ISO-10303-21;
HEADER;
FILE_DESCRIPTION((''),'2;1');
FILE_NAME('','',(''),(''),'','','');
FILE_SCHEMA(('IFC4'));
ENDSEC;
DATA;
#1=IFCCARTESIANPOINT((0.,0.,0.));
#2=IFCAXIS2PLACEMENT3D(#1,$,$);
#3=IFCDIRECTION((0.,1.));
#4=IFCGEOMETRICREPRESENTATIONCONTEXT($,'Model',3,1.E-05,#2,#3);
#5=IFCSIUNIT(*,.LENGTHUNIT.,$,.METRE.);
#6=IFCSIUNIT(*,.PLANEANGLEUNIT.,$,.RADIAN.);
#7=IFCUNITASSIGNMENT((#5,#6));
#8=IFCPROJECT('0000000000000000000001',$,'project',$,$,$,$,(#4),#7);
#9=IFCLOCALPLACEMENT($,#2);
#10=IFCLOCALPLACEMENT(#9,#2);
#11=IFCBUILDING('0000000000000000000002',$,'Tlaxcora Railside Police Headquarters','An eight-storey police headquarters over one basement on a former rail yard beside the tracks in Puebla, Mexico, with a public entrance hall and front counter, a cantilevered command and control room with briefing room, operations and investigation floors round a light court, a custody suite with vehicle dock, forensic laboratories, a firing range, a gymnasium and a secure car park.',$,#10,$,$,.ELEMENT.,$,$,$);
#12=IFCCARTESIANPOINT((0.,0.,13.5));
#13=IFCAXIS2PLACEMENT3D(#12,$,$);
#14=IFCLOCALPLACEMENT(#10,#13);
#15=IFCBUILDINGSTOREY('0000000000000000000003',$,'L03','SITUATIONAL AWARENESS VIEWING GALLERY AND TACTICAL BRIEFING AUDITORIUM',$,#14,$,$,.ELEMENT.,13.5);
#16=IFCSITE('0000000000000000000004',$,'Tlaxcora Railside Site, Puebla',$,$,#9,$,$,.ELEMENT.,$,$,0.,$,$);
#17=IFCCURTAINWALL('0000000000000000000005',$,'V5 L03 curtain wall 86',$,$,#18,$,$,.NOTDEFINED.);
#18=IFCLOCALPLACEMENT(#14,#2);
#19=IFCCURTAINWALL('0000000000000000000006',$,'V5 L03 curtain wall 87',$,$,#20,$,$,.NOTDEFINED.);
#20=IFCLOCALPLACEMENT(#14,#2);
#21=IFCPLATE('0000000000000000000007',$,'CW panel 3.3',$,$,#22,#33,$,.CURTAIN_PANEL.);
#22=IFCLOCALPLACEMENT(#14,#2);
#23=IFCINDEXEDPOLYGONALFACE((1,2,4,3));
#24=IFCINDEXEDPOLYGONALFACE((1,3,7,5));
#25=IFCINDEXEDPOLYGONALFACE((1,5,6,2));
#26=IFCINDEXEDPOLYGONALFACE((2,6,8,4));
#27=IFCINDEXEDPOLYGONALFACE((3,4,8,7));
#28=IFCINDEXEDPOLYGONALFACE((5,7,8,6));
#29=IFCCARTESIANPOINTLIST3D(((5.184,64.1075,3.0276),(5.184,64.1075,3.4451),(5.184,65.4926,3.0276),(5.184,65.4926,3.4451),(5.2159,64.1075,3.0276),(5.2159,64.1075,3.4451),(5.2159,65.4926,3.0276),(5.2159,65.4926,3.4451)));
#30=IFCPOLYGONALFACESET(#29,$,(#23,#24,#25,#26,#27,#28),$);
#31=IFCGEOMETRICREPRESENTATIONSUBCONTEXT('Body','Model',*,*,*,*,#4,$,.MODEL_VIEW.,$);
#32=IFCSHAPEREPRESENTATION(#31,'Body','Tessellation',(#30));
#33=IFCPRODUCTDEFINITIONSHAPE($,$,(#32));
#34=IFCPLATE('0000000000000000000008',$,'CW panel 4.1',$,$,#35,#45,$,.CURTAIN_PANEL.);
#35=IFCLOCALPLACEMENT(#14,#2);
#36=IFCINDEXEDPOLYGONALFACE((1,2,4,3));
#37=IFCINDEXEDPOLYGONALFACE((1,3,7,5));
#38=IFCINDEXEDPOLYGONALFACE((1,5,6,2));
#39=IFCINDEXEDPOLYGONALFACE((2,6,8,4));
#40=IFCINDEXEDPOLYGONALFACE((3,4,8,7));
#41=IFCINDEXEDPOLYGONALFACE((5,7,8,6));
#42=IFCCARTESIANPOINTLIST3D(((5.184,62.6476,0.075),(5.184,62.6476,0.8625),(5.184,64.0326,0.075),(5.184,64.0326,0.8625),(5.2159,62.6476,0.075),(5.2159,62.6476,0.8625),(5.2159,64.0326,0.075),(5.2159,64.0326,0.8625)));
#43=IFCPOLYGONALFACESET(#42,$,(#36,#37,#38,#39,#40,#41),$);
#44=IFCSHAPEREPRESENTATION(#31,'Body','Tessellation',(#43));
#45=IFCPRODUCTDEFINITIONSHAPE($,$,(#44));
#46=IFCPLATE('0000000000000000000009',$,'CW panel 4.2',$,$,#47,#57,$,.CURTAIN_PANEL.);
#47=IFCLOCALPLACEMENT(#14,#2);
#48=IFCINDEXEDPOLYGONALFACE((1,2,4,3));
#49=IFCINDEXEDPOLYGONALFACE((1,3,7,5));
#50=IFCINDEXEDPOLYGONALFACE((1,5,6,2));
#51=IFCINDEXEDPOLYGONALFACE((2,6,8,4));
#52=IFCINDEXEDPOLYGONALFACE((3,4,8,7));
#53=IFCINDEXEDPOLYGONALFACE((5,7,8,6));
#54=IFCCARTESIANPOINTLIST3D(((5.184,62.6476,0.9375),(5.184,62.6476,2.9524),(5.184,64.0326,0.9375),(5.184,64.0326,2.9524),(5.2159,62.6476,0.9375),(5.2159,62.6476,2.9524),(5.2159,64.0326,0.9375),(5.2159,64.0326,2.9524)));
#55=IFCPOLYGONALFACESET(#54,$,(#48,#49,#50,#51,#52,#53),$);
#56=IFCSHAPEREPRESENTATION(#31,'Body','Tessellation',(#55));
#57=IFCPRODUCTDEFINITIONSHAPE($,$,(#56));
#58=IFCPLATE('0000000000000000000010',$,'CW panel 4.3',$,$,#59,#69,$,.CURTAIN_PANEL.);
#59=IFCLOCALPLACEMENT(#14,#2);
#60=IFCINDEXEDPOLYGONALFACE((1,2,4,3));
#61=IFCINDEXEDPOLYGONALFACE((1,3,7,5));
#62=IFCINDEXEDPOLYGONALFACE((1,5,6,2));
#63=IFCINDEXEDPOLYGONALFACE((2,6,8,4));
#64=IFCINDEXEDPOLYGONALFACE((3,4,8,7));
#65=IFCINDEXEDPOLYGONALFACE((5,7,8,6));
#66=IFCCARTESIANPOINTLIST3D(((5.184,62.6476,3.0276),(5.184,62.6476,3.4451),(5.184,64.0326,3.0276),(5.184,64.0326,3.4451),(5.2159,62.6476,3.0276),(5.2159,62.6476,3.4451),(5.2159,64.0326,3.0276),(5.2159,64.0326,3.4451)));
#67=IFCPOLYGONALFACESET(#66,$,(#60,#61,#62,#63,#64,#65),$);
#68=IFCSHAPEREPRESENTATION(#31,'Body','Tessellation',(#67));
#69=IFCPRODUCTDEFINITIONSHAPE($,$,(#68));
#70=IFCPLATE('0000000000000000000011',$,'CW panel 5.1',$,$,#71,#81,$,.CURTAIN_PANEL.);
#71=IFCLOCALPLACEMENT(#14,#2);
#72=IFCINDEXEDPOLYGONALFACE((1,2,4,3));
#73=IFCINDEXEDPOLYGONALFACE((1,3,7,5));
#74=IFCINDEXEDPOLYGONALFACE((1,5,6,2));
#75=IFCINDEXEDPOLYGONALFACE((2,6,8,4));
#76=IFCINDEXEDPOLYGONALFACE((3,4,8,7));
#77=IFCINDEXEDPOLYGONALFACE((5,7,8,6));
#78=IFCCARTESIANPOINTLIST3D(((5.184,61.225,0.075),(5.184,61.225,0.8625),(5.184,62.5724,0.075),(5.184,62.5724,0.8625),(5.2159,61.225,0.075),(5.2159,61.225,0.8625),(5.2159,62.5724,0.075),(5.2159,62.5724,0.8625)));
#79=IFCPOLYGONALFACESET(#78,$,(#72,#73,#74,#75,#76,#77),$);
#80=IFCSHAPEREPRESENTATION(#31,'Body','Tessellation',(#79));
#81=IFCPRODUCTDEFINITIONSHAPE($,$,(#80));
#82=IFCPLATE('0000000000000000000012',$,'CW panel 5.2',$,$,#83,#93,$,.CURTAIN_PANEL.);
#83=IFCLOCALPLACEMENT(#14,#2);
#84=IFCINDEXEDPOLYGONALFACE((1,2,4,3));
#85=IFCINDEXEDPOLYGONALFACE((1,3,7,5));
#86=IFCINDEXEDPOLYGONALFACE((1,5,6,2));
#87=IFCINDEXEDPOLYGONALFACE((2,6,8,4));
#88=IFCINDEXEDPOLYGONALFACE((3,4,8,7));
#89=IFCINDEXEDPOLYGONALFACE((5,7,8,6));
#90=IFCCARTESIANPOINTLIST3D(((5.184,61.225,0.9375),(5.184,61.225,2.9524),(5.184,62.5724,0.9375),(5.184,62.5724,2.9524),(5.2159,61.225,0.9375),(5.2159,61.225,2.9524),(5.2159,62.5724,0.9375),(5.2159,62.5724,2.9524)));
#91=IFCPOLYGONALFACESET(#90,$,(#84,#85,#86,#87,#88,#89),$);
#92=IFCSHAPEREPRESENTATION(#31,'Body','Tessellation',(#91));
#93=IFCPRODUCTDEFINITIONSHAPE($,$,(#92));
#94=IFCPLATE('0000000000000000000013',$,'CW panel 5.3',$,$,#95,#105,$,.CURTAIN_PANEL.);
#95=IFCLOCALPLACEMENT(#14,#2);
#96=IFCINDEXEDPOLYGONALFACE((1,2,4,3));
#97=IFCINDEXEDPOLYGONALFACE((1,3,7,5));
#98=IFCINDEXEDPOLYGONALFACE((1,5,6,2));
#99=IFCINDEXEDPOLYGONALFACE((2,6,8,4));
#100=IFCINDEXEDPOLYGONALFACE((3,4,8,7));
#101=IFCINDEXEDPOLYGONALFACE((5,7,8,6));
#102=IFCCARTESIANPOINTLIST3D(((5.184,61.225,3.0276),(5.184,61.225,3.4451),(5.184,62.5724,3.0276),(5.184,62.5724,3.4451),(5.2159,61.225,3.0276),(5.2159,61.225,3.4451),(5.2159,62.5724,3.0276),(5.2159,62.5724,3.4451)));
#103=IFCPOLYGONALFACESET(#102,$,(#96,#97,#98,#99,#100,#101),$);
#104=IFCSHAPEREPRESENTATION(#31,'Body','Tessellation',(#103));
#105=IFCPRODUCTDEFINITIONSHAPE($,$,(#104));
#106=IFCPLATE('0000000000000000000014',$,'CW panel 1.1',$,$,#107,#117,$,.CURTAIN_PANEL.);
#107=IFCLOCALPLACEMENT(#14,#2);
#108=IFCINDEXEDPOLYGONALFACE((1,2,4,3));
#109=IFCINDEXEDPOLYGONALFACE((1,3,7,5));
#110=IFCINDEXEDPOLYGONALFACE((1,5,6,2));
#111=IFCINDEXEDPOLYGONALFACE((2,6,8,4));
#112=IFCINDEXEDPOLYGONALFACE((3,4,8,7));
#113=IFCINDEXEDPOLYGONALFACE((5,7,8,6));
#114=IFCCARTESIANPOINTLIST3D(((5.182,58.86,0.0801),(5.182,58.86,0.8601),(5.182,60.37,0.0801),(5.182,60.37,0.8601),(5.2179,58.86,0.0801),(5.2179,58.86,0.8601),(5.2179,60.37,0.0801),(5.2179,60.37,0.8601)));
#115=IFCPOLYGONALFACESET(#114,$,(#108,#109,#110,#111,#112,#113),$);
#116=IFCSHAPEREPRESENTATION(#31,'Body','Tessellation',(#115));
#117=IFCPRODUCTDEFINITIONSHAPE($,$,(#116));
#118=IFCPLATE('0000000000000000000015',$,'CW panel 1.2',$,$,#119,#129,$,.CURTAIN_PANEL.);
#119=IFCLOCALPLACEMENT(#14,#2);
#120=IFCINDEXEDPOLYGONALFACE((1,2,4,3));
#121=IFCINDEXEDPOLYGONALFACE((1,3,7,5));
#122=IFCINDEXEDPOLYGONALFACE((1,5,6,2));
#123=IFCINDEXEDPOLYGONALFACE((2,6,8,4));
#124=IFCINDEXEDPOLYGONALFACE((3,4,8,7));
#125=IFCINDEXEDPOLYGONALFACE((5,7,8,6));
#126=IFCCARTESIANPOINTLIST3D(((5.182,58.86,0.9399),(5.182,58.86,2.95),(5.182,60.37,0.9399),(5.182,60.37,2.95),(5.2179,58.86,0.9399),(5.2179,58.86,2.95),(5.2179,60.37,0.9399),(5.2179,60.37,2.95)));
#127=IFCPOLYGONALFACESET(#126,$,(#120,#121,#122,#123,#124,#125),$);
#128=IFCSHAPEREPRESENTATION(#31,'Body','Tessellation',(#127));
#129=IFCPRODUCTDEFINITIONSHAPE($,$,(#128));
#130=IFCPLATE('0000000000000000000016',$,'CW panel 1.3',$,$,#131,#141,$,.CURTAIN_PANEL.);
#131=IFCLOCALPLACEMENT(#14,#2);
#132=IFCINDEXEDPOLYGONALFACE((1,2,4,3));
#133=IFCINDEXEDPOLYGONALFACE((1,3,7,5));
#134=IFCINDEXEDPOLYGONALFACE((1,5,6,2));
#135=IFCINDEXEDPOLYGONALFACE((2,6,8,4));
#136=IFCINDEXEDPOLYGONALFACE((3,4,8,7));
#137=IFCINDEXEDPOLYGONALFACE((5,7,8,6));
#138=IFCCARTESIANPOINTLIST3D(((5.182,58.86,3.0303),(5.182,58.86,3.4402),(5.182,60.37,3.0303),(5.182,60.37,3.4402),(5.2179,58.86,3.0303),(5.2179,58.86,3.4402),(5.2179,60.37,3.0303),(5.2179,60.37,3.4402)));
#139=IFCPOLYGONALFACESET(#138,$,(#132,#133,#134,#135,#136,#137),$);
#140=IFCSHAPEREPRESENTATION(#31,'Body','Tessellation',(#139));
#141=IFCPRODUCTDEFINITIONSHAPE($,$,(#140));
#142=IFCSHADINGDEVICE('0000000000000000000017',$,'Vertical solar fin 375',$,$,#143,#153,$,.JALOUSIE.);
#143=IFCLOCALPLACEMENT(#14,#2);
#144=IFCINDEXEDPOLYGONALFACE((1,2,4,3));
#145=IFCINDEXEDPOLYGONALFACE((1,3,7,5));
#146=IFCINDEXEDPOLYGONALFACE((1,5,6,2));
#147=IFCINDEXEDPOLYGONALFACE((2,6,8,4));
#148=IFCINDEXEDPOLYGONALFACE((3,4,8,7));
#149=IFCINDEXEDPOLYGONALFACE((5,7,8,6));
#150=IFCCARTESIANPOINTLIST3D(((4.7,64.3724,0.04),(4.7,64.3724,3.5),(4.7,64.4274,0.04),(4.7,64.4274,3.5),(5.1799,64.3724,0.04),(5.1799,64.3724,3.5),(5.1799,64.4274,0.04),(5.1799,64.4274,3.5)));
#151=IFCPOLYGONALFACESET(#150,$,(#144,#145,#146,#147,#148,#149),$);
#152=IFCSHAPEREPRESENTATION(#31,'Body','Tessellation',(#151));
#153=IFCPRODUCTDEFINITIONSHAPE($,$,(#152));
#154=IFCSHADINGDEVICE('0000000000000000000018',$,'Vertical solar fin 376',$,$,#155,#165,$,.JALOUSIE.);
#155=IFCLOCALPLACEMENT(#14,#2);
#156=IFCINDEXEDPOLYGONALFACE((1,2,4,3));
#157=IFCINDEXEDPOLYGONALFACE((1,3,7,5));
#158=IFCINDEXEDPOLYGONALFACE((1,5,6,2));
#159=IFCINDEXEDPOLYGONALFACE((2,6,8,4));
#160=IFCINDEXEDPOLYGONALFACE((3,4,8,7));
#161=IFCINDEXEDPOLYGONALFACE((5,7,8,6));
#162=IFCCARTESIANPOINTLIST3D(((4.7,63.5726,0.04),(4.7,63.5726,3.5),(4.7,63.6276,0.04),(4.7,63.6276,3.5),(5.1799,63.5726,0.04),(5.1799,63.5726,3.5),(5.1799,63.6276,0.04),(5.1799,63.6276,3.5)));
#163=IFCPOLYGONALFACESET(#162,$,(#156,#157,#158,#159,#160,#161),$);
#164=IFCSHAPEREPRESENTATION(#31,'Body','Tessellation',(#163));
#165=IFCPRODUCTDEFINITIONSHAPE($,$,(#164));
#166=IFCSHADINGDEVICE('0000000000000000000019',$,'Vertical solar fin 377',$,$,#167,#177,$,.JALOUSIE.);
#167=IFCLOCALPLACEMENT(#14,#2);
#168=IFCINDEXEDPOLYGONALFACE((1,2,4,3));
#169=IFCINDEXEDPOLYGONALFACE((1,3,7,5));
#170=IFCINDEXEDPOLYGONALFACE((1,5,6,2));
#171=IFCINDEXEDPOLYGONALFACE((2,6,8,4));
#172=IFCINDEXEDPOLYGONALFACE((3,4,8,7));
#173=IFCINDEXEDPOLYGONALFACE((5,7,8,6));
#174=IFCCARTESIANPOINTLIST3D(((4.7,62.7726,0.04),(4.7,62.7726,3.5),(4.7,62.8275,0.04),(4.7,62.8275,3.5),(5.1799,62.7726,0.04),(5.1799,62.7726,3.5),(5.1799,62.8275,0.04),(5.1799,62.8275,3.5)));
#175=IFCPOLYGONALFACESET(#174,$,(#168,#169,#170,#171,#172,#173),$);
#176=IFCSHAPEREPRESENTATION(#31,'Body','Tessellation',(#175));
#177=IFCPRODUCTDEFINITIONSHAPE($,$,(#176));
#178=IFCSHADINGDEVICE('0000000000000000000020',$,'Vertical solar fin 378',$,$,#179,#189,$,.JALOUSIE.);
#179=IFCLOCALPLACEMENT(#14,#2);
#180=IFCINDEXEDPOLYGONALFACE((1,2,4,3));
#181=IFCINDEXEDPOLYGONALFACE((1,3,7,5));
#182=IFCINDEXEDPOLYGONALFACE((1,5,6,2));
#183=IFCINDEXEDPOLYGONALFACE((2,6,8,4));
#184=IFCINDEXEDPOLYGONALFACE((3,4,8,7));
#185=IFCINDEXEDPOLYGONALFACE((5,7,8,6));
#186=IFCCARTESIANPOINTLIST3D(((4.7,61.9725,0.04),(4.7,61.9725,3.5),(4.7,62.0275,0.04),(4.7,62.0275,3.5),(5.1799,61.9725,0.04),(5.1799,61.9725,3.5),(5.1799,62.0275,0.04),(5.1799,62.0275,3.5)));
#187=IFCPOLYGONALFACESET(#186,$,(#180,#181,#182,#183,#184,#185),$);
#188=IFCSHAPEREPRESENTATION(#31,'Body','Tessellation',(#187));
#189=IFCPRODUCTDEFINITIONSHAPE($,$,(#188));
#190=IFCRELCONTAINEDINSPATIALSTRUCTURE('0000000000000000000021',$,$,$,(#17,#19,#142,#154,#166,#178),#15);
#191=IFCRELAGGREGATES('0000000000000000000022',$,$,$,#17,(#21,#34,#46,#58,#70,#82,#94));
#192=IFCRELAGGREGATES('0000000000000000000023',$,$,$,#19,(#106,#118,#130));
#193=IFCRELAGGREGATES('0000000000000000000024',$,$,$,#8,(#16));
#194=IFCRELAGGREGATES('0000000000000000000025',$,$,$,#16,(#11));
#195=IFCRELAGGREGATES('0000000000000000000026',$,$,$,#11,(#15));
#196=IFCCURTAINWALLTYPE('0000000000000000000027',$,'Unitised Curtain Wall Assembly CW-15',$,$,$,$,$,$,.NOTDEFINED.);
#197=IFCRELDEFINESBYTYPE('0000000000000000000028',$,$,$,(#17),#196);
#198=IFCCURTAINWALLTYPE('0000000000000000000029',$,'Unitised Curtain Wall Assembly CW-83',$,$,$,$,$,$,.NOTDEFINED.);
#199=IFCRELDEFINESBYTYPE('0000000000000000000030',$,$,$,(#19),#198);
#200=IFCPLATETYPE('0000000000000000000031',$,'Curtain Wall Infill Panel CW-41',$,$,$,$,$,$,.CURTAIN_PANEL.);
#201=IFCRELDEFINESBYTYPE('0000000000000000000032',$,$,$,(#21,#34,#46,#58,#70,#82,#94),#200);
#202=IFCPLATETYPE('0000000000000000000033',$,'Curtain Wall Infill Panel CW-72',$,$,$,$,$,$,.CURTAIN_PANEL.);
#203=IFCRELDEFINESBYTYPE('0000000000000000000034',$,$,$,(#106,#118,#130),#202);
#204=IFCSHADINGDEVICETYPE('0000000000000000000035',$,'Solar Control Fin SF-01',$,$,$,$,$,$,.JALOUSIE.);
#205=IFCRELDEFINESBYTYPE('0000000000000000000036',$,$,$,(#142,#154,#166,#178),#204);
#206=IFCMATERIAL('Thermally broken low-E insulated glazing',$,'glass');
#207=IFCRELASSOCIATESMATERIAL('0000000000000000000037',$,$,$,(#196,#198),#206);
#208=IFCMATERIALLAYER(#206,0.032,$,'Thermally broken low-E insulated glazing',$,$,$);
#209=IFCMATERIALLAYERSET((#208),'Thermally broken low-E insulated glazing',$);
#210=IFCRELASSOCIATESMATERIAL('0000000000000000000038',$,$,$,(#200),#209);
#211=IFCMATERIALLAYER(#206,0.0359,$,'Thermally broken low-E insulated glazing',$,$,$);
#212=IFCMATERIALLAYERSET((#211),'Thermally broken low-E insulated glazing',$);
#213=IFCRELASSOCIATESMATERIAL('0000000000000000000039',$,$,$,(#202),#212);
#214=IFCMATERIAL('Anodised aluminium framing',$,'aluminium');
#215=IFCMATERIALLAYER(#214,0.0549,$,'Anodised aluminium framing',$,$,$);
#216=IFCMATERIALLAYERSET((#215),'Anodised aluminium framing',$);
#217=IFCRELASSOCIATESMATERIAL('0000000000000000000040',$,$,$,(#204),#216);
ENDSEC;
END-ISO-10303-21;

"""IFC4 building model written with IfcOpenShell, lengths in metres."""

from ifc_helpers import new_model, si_unit, direction, frame, origin, origin_2d, place, context, subcontext, project, spatial, rectangle, extrude, material, layer, layer_set, type_object, element, aggregate, save


model = new_model("IFC4")

# Units and contexts
model_context = context("Model", 3, precision=1e-05, world=origin(), true_north=direction((0.0, 1.0)))
body_context = subcontext(model_context, "Body", "Model", "MODEL_VIEW")
ifc_project = project(units=[si_unit("LENGTHUNIT", "METRE"), si_unit("PLANEANGLEUNIT", "RADIAN")], contexts=[model_context])

# Site, building, storey
site_placement = place(None, origin())
site = spatial("IfcSite", under=ifc_project, at=site_placement, Name="Tlaxcora Railside Site, Puebla", CompositionType="ELEMENT", RefElevation=0.0)
building_placement = place(site_placement, origin())
building = spatial("IfcBuilding", under=site, at=building_placement, Name="Tlaxcora Railside Police Headquarters", Description="An eight-storey police headquarters over one basement on a former rail yard beside the tracks in Puebla, Mexico, with a public entrance hall and front counter, a cantilevered command and control room with briefing room, operations and investigation floors round a light court, a custody suite with vehicle dock, forensic laboratories, a firing range, a gymnasium and a secure car park.", CompositionType="ELEMENT")
storey_placement = place(building_placement, frame((0.0, 0.0, 13.5)))
storey = spatial("IfcBuildingStorey", under=building, at=storey_placement, Name="L03", Description="SITUATIONAL AWARENESS VIEWING GALLERY AND TACTICAL BRIEFING AUDITORIUM", CompositionType="ELEMENT", Elevation=13.5)

# Curtain wall
ifc_material_1 = material(Name="Thermally broken low-E insulated glazing", Category="glass")
curtain_wall_type_1 = type_object("IfcCurtainWallType", Name="Unitised Curtain Wall Assembly CW-15", PredefinedType="NOTDEFINED", material=ifc_material_1)
curtain_wall_1_placement = place(storey_placement, origin())
curtain_wall_1 = element("IfcCurtainWall", 1, at=curtain_wall_1_placement, inside=storey, type_object=curtain_wall_type_1, Name="V5 L03 curtain wall 86", PredefinedType="NOTDEFINED")
ifc_material_2 = material(Name="Anodised aluminium framing", Category="aluminium")

# Curtain wall
curtain_wall_type_2 = type_object("IfcCurtainWallType", Name="Unitised Curtain Wall Assembly CW-83", PredefinedType="NOTDEFINED", material=ifc_material_1)
curtain_wall_2_placement = place(storey_placement, origin())
curtain_wall_2 = element("IfcCurtainWall", 2, at=curtain_wall_2_placement, inside=storey, type_object=curtain_wall_type_2, Name="V5 L03 curtain wall 87", PredefinedType="NOTDEFINED")

# Plates
ifc_layer_1 = layer(ifc_material_1, 0.032, Name="Thermally broken low-E insulated glazing")
ifc_layer_set_1 = layer_set([ifc_layer_1], Name="Thermally broken low-E insulated glazing")
plate_type_1 = type_object("IfcPlateType", Name="Curtain Wall Infill Panel CW-41", PredefinedType="CURTAIN_PANEL", material=ifc_layer_set_1)
plate_1_placement = place(storey_placement, frame((5.2, 64.8, 3.0276), z_axis=(0.0, 0.0, 1.0), x_axis=(0.0, -1.0, 0.0)))
plate_1 = element("IfcPlate", 3, at=plate_1_placement, type_object=plate_type_1, Name="CW panel 3.3", PredefinedType="CURTAIN_PANEL", context=body_context, shape_type="SweptSolid", body=[
    extrude(rectangle(XDim=1.385, YDim=0.032, at=origin_2d()), origin(), (0.0, 0.0, 1.0), 0.4175),
])
plate_2_placement = place(storey_placement, frame((5.2, 63.3401, 0.075), z_axis=(0.0, 0.0, 1.0), x_axis=(0.0, -1.0, 0.0)))
plate_2 = element("IfcPlate", 4, at=plate_2_placement, type_object=plate_type_1, Name="CW panel 4.1", PredefinedType="CURTAIN_PANEL", context=body_context, shape_type="SweptSolid", body=[
    extrude(rectangle(XDim=1.385, YDim=0.032, at=origin_2d()), origin(), (0.0, 0.0, 1.0), 0.7876),
])
plate_3_placement = place(storey_placement, frame((5.2, 63.3401, 0.9375), z_axis=(0.0, 0.0, 1.0), x_axis=(0.0, -1.0, 0.0)))
plate_3 = element("IfcPlate", 5, at=plate_3_placement, type_object=plate_type_1, Name="CW panel 4.2", PredefinedType="CURTAIN_PANEL", context=body_context, shape_type="SweptSolid", body=[
    extrude(rectangle(XDim=1.385, YDim=0.032, at=origin_2d()), origin(), (0.0, 0.0, 1.0), 2.0149),
])
plate_4_placement = place(storey_placement, frame((5.2, 63.3401, 3.0276), z_axis=(0.0, 0.0, 1.0), x_axis=(0.0, -1.0, 0.0)))
plate_4 = element("IfcPlate", 6, at=plate_4_placement, type_object=plate_type_1, Name="CW panel 4.3", PredefinedType="CURTAIN_PANEL", context=body_context, shape_type="SweptSolid", body=[
    extrude(rectangle(XDim=1.385, YDim=0.032, at=origin_2d()), origin(), (0.0, 0.0, 1.0), 0.4175),
])
plate_5_placement = place(storey_placement, frame((5.2, 61.8987, 0.075), z_axis=(0.0, 0.0, 1.0), x_axis=(0.0, -1.0, 0.0)))
plate_5 = element("IfcPlate", 7, at=plate_5_placement, type_object=plate_type_1, Name="CW panel 5.1", PredefinedType="CURTAIN_PANEL", context=body_context, shape_type="SweptSolid", body=[
    extrude(rectangle(XDim=1.3474, YDim=0.032, at=origin_2d()), origin(), (0.0, 0.0, 1.0), 0.7876),
])
plate_6_placement = place(storey_placement, frame((5.2, 61.8987, 0.9375), z_axis=(0.0, 0.0, 1.0), x_axis=(0.0, -1.0, 0.0)))
plate_6 = element("IfcPlate", 8, at=plate_6_placement, type_object=plate_type_1, Name="CW panel 5.2", PredefinedType="CURTAIN_PANEL", context=body_context, shape_type="SweptSolid", body=[
    extrude(rectangle(XDim=1.3474, YDim=0.032, at=origin_2d()), origin(), (0.0, 0.0, 1.0), 2.0149),
])
plate_7_placement = place(storey_placement, frame((5.2, 61.8987, 3.0276), z_axis=(0.0, 0.0, 1.0), x_axis=(0.0, -1.0, 0.0)))
plate_7 = element("IfcPlate", 9, at=plate_7_placement, type_object=plate_type_1, Name="CW panel 5.3", PredefinedType="CURTAIN_PANEL", context=body_context, shape_type="SweptSolid", body=[
    extrude(rectangle(XDim=1.3474, YDim=0.032, at=origin_2d()), origin(), (0.0, 0.0, 1.0), 0.4175),
])
aggregate(curtain_wall_1, [plate_1, plate_2, plate_3, plate_4, plate_5, plate_6, plate_7])
ifc_layer_2 = layer(ifc_material_1, 0.0359, Name="Thermally broken low-E insulated glazing")
ifc_layer_set_2 = layer_set([ifc_layer_2], Name="Thermally broken low-E insulated glazing")
plate_type_2 = type_object("IfcPlateType", Name="Curtain Wall Infill Panel CW-72", PredefinedType="CURTAIN_PANEL", material=ifc_layer_set_2)
plate_8_placement = place(storey_placement, frame((5.2, 59.615, 0.0801), z_axis=(0.0, 0.0, 1.0), x_axis=(0.0, -1.0, 0.0)))
plate_8 = element("IfcPlate", 10, at=plate_8_placement, type_object=plate_type_2, Name="CW panel 1.1", PredefinedType="CURTAIN_PANEL", context=body_context, shape_type="SweptSolid", body=[
    extrude(rectangle(XDim=1.51, YDim=0.0359, at=origin_2d()), origin(), (0.0, 0.0, 1.0), 0.78),
])
plate_9_placement = place(storey_placement, frame((5.2, 59.615, 0.9399), z_axis=(0.0, 0.0, 1.0), x_axis=(0.0, -1.0, 0.0)))
plate_9 = element("IfcPlate", 11, at=plate_9_placement, type_object=plate_type_2, Name="CW panel 1.2", PredefinedType="CURTAIN_PANEL", context=body_context, shape_type="SweptSolid", body=[
    extrude(rectangle(XDim=1.51, YDim=0.0359, at=origin_2d()), origin(), (0.0, 0.0, 1.0), 2.01),
])
plate_10_placement = place(storey_placement, frame((5.2, 59.615, 3.0303), z_axis=(0.0, 0.0, 1.0), x_axis=(0.0, -1.0, 0.0)))
plate_10 = element("IfcPlate", 12, at=plate_10_placement, type_object=plate_type_2, Name="CW panel 1.3", PredefinedType="CURTAIN_PANEL", context=body_context, shape_type="SweptSolid", body=[
    extrude(rectangle(XDim=1.51, YDim=0.0359, at=origin_2d()), origin(), (0.0, 0.0, 1.0), 0.4099),
])
aggregate(curtain_wall_2, [plate_8, plate_9, plate_10])

# Shading devices
ifc_layer_3 = layer(ifc_material_2, 0.0549, Name="Anodised aluminium framing")
ifc_layer_set_3 = layer_set([ifc_layer_3], Name="Anodised aluminium framing")
shading_device_type = type_object("IfcShadingDeviceType", Name="Solar Control Fin SF-01", PredefinedType="JALOUSIE", material=ifc_layer_set_3)
for number, where, z_axis, x_axis, name in (
    (13, (4.9399, 64.3999, 0.04), (0.0, 0.0, 1.0), (-1.0, 0.0, 0.0), "Vertical solar fin 375"),
    (14, (4.9399, 63.6001, 0.04), (0.0, 0.0, 1.0), (-1.0, 0.0, 0.0), "Vertical solar fin 376"),
    (15, (4.9399, 62.8, 0.04), (0.0, 0.0, 1.0), (-1.0, 0.0, 0.0), "Vertical solar fin 377"),
    (16, (4.9399, 62.0, 0.04), (0.0, 0.0, 1.0), (-1.0, 0.0, 0.0), "Vertical solar fin 378"),
):
    element("IfcShadingDevice", number, at=place(storey_placement, frame(where, z_axis=z_axis, x_axis=x_axis)), inside=storey, type_object=shading_device_type, Name=name, PredefinedType="JALOUSIE", context=body_context, shape_type="SweptSolid", body=[
        extrude(rectangle(XDim=0.48, YDim=0.0549, at=origin_2d()), origin(), (0.0, 0.0, 1.0), 3.46),
    ])

save(model, "model.ifc")
